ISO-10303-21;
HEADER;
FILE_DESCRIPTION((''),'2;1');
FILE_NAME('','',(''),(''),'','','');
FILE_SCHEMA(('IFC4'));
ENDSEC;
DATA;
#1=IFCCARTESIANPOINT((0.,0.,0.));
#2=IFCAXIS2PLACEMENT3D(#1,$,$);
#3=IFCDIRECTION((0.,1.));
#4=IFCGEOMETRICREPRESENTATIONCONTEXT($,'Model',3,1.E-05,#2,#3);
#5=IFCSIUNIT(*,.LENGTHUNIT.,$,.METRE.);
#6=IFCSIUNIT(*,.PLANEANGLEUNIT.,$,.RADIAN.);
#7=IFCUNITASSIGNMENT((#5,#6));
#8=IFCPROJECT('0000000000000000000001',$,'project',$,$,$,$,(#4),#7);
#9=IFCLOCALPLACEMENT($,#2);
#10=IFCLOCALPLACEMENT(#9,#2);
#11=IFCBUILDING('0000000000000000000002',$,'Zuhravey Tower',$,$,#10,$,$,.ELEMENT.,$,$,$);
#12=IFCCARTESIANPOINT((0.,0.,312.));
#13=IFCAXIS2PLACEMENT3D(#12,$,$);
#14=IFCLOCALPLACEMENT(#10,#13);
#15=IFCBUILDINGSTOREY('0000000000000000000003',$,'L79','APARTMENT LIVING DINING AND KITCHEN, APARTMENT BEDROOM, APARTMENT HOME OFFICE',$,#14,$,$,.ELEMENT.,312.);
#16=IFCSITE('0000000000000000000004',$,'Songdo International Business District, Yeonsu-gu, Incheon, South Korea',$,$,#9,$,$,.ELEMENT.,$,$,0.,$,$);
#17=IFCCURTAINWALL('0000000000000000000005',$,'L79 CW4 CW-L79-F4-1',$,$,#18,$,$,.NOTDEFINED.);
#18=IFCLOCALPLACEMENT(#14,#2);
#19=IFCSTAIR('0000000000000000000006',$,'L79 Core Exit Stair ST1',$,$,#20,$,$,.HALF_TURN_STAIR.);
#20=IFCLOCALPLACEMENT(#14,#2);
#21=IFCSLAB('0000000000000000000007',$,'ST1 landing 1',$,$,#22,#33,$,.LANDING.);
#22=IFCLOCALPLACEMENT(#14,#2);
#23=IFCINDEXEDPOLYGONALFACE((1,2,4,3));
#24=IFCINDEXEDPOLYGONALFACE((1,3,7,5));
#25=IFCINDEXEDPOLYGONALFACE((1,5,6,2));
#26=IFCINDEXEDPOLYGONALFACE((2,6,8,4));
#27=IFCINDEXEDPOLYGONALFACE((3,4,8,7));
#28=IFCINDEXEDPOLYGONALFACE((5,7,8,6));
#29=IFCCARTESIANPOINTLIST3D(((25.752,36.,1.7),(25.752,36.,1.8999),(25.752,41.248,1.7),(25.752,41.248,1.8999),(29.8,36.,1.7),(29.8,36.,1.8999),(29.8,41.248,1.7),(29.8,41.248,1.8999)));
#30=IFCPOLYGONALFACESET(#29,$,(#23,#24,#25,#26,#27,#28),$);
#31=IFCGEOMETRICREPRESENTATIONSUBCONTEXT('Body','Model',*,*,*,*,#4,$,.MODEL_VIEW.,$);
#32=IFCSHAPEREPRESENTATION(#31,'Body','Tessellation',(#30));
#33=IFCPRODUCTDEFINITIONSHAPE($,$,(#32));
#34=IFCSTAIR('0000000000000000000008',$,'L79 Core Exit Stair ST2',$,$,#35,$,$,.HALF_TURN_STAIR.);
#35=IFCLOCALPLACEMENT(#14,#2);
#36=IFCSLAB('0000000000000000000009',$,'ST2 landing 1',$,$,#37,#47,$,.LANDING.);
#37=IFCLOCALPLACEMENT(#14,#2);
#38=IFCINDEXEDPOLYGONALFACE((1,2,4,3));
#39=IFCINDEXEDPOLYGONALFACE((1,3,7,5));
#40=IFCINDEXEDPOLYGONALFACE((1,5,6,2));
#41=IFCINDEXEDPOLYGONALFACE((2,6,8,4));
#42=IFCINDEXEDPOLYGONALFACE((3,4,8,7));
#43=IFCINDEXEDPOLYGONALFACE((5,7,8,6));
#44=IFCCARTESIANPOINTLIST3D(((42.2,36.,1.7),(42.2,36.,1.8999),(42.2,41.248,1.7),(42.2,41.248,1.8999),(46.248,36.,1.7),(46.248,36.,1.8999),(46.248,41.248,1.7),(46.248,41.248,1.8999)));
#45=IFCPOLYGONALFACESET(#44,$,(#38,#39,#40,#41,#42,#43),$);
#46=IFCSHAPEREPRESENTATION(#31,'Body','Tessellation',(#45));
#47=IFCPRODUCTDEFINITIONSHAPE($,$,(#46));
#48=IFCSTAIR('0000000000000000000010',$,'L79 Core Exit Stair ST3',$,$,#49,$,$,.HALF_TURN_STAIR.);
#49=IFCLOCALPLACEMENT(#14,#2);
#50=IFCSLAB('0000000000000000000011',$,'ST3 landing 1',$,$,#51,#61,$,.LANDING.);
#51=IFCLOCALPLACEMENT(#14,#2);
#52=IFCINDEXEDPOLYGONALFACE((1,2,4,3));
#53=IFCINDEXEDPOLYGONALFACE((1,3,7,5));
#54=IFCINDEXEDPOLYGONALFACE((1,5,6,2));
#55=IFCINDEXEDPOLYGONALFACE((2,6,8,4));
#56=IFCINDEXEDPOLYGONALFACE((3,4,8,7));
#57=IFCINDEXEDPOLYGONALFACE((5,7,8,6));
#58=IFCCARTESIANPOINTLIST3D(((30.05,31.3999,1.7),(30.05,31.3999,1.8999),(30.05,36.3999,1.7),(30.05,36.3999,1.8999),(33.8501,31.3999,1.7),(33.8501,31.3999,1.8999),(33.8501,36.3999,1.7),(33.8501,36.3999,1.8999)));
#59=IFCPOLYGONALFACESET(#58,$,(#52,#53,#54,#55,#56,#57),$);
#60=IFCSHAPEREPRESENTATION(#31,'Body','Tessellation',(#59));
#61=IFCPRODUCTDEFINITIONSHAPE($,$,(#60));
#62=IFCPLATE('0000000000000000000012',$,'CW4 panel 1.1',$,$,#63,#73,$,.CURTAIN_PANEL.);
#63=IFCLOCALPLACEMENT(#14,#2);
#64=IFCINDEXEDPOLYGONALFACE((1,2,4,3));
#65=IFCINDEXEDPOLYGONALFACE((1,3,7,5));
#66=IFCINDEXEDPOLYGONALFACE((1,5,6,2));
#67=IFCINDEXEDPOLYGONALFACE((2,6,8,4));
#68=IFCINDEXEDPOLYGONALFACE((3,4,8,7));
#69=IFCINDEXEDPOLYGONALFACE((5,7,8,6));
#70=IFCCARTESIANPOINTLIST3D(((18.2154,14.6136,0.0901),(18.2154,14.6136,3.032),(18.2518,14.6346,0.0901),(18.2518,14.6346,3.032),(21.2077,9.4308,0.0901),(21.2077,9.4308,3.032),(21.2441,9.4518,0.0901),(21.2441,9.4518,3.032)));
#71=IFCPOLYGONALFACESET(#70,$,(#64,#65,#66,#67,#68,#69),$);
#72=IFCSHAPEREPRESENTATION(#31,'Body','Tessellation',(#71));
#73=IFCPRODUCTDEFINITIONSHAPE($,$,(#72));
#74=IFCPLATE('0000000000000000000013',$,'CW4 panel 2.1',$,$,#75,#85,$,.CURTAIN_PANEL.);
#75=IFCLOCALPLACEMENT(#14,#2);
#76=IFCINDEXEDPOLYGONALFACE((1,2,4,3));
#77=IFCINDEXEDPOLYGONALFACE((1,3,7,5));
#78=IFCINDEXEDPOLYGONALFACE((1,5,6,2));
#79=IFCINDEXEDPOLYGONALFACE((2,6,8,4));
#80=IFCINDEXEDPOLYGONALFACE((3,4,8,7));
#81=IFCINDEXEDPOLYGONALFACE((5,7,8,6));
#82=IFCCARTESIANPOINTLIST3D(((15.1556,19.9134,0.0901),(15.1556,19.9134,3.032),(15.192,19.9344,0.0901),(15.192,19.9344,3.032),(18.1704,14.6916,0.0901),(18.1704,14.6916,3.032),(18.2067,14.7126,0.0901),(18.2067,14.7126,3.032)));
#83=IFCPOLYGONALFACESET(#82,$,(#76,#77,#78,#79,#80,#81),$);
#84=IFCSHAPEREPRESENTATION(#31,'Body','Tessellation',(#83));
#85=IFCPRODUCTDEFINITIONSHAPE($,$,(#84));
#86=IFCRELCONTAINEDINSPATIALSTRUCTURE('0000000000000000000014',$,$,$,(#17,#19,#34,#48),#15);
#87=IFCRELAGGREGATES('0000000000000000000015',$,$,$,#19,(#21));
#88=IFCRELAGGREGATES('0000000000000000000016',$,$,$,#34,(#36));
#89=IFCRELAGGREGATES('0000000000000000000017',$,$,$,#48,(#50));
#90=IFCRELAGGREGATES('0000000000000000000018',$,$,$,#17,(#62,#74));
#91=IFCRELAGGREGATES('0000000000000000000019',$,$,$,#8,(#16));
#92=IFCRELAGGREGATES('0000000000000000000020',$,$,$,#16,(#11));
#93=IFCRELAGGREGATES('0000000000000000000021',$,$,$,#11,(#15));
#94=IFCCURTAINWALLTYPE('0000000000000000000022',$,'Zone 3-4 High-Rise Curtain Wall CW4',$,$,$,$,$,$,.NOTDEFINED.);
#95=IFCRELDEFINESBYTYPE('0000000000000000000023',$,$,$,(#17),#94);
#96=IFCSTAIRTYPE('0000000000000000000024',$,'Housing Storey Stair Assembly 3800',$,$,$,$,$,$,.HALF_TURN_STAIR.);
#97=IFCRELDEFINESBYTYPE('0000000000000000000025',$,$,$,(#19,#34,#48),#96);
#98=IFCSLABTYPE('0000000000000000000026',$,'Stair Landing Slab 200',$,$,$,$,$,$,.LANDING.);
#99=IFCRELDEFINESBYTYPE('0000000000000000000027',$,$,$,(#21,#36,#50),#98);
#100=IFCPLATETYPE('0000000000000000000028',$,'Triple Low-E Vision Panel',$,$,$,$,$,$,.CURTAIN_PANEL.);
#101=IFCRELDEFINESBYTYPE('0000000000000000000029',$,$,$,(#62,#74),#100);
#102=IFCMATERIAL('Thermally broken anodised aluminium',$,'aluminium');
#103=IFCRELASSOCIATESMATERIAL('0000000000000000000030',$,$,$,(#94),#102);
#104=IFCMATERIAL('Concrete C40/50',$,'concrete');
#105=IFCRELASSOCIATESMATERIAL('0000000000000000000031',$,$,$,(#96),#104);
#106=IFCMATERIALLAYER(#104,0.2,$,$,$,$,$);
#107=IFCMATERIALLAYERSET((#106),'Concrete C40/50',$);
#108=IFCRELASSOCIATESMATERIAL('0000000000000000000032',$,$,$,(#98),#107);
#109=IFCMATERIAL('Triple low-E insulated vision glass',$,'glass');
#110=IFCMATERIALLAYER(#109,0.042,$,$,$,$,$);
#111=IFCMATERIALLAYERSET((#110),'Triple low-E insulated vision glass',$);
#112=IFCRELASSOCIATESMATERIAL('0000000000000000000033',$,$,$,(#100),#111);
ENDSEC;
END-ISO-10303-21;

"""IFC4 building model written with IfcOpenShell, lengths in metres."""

from ifc_helpers import new_model, si_unit, direction, frame, origin, origin_2d, place, context, subcontext, project, spatial, polyline, rectangle, outline, extrude, material, layer, layer_set, type_object, element, aggregate, save


model = new_model("IFC4")

# Units and contexts
model_context = context("Model", 3, precision=1e-05, world=origin(), true_north=direction((0.0, 1.0)))
body_context = subcontext(model_context, "Body", "Model", "MODEL_VIEW")
ifc_project = project(units=[si_unit("LENGTHUNIT", "METRE"), si_unit("PLANEANGLEUNIT", "RADIAN")], contexts=[model_context])

# Site, building, storey
site_placement = place(None, origin())
site = spatial("IfcSite", under=ifc_project, at=site_placement, Name="Songdo International Business District, Yeonsu-gu, Incheon, South Korea", CompositionType="ELEMENT", RefElevation=0.0)
building_placement = place(site_placement, origin())
building = spatial("IfcBuilding", under=site, at=building_placement, Name="Zuhravey Tower", CompositionType="ELEMENT")
storey_placement = place(building_placement, frame((0.0, 0.0, 312.0)))
storey = spatial("IfcBuildingStorey", under=building, at=storey_placement, Name="L79", Description="APARTMENT LIVING DINING AND KITCHEN, APARTMENT BEDROOM, APARTMENT HOME OFFICE", CompositionType="ELEMENT", Elevation=312.0)

# Curtain wall
ifc_material_1 = material(Name="Thermally broken anodised aluminium", Category="aluminium")
curtain_wall_type = type_object("IfcCurtainWallType", Name="Zone 3-4 High-Rise Curtain Wall CW4", PredefinedType="NOTDEFINED", material=ifc_material_1)
curtain_wall_placement = place(storey_placement, origin())
curtain_wall = element("IfcCurtainWall", 1, at=curtain_wall_placement, inside=storey, type_object=curtain_wall_type, Name="L79 CW4 CW-L79-F4-1", PredefinedType="NOTDEFINED")

# Shared definitions
ifc_material_2 = material(Name="Concrete C40/50", Category="concrete")

# Stairs, slabs
stair_type = type_object("IfcStairType", Name="Housing Storey Stair Assembly 3800", PredefinedType="HALF_TURN_STAIR", material=ifc_material_2)
stair_1_placement = place(storey_placement, origin())
stair_1 = element("IfcStair", 2, at=stair_1_placement, inside=storey, type_object=stair_type, Name="L79 Core Exit Stair ST1", PredefinedType="HALF_TURN_STAIR")
ifc_layer_1 = layer(ifc_material_2, 0.2)
ifc_layer_set_1 = layer_set([ifc_layer_1], Name="Concrete C40/50")
slab_type_1 = type_object("IfcSlabType", Name="Stair Landing Slab 200", PredefinedType="LANDING", material=ifc_layer_set_1)
slab_1_placement = place(storey_placement, frame((0.0, 0.0, 1.7)))
slab_1 = element("IfcSlab", 3, at=slab_1_placement, type_object=slab_type_1, Name="ST1 landing 1", PredefinedType="LANDING", context=body_context, shape_type="SweptSolid", body=[
    extrude(outline(polyline([(29.8, 36.0), (29.8, 41.248), (25.752, 41.248), (25.752, 36.0), (29.8, 36.0)])), origin(), (0.0, 0.0, 1.0), 0.2),
])
aggregate(stair_1, [slab_1])
stair_2_placement = place(storey_placement, origin())
stair_2 = element("IfcStair", 4, at=stair_2_placement, inside=storey, type_object=stair_type, Name="L79 Core Exit Stair ST2", PredefinedType="HALF_TURN_STAIR")
slab_2_placement = place(storey_placement, frame((0.0, 0.0, 1.7)))
slab_2 = element("IfcSlab", 5, at=slab_2_placement, type_object=slab_type_1, Name="ST2 landing 1", PredefinedType="LANDING", context=body_context, shape_type="SweptSolid", body=[
    extrude(outline(polyline([(46.248, 36.0), (46.248, 41.248), (42.2, 41.248), (42.2, 36.0), (46.248, 36.0)])), origin(), (0.0, 0.0, 1.0), 0.2),
])
aggregate(stair_2, [slab_2])
stair_3_placement = place(storey_placement, origin())
stair_3 = element("IfcStair", 6, at=stair_3_placement, inside=storey, type_object=stair_type, Name="L79 Core Exit Stair ST3", PredefinedType="HALF_TURN_STAIR")
slab_3_placement = place(storey_placement, frame((0.0, 0.0, 1.7)))
slab_3 = element("IfcSlab", 7, at=slab_3_placement, type_object=slab_type_1, Name="ST3 landing 1", PredefinedType="LANDING", context=body_context, shape_type="SweptSolid", body=[
    extrude(outline(polyline([(30.05, 36.3999), (30.05, 31.3999), (33.8501, 31.3999), (33.8501, 36.3999), (30.05, 36.3999)])), origin(), (0.0, 0.0, 1.0), 0.2),
])
aggregate(stair_3, [slab_3])

# Plates
ifc_material_3 = material(Name="Triple low-E insulated vision glass", Category="glass")
ifc_layer_2 = layer(ifc_material_3, 0.042)
ifc_layer_set_2 = layer_set([ifc_layer_2], Name="Triple low-E insulated vision glass")
plate_type = type_object("IfcPlateType", Name="Triple Low-E Vision Panel", PredefinedType="CURTAIN_PANEL", material=ifc_layer_set_2)
plate_1_placement = place(storey_placement, frame((19.7297, 12.0327, 0.0901), z_axis=(0.0, 0.0, 1.0), x_axis=(-0.5, 0.866026, 0.0)))
plate_1 = element("IfcPlate", 8, at=plate_1_placement, type_object=plate_type, Name="CW4 panel 1.1", PredefinedType="CURTAIN_PANEL", context=body_context, shape_type="SweptSolid", body=[
    extrude(rectangle(XDim=5.9846, YDim=0.042, at=origin_2d()), origin(), (0.0, 0.0, 1.0), 2.9419),
])
plate_2_placement = place(storey_placement, frame((16.6812, 17.313, 0.0901), z_axis=(0.0, 0.0, 1.0), x_axis=(-0.5, 0.866026, 0.0)))
plate_2 = element("IfcPlate", 9, at=plate_2_placement, type_object=plate_type, Name="CW4 panel 2.1", PredefinedType="CURTAIN_PANEL", context=body_context, shape_type="SweptSolid", body=[
    extrude(rectangle(XDim=6.0295, YDim=0.042, at=origin_2d()), origin(), (0.0, 0.0, 1.0), 2.9419),
])
aggregate(curtain_wall, [plate_1, plate_2])

save(model, "model.ifc")
